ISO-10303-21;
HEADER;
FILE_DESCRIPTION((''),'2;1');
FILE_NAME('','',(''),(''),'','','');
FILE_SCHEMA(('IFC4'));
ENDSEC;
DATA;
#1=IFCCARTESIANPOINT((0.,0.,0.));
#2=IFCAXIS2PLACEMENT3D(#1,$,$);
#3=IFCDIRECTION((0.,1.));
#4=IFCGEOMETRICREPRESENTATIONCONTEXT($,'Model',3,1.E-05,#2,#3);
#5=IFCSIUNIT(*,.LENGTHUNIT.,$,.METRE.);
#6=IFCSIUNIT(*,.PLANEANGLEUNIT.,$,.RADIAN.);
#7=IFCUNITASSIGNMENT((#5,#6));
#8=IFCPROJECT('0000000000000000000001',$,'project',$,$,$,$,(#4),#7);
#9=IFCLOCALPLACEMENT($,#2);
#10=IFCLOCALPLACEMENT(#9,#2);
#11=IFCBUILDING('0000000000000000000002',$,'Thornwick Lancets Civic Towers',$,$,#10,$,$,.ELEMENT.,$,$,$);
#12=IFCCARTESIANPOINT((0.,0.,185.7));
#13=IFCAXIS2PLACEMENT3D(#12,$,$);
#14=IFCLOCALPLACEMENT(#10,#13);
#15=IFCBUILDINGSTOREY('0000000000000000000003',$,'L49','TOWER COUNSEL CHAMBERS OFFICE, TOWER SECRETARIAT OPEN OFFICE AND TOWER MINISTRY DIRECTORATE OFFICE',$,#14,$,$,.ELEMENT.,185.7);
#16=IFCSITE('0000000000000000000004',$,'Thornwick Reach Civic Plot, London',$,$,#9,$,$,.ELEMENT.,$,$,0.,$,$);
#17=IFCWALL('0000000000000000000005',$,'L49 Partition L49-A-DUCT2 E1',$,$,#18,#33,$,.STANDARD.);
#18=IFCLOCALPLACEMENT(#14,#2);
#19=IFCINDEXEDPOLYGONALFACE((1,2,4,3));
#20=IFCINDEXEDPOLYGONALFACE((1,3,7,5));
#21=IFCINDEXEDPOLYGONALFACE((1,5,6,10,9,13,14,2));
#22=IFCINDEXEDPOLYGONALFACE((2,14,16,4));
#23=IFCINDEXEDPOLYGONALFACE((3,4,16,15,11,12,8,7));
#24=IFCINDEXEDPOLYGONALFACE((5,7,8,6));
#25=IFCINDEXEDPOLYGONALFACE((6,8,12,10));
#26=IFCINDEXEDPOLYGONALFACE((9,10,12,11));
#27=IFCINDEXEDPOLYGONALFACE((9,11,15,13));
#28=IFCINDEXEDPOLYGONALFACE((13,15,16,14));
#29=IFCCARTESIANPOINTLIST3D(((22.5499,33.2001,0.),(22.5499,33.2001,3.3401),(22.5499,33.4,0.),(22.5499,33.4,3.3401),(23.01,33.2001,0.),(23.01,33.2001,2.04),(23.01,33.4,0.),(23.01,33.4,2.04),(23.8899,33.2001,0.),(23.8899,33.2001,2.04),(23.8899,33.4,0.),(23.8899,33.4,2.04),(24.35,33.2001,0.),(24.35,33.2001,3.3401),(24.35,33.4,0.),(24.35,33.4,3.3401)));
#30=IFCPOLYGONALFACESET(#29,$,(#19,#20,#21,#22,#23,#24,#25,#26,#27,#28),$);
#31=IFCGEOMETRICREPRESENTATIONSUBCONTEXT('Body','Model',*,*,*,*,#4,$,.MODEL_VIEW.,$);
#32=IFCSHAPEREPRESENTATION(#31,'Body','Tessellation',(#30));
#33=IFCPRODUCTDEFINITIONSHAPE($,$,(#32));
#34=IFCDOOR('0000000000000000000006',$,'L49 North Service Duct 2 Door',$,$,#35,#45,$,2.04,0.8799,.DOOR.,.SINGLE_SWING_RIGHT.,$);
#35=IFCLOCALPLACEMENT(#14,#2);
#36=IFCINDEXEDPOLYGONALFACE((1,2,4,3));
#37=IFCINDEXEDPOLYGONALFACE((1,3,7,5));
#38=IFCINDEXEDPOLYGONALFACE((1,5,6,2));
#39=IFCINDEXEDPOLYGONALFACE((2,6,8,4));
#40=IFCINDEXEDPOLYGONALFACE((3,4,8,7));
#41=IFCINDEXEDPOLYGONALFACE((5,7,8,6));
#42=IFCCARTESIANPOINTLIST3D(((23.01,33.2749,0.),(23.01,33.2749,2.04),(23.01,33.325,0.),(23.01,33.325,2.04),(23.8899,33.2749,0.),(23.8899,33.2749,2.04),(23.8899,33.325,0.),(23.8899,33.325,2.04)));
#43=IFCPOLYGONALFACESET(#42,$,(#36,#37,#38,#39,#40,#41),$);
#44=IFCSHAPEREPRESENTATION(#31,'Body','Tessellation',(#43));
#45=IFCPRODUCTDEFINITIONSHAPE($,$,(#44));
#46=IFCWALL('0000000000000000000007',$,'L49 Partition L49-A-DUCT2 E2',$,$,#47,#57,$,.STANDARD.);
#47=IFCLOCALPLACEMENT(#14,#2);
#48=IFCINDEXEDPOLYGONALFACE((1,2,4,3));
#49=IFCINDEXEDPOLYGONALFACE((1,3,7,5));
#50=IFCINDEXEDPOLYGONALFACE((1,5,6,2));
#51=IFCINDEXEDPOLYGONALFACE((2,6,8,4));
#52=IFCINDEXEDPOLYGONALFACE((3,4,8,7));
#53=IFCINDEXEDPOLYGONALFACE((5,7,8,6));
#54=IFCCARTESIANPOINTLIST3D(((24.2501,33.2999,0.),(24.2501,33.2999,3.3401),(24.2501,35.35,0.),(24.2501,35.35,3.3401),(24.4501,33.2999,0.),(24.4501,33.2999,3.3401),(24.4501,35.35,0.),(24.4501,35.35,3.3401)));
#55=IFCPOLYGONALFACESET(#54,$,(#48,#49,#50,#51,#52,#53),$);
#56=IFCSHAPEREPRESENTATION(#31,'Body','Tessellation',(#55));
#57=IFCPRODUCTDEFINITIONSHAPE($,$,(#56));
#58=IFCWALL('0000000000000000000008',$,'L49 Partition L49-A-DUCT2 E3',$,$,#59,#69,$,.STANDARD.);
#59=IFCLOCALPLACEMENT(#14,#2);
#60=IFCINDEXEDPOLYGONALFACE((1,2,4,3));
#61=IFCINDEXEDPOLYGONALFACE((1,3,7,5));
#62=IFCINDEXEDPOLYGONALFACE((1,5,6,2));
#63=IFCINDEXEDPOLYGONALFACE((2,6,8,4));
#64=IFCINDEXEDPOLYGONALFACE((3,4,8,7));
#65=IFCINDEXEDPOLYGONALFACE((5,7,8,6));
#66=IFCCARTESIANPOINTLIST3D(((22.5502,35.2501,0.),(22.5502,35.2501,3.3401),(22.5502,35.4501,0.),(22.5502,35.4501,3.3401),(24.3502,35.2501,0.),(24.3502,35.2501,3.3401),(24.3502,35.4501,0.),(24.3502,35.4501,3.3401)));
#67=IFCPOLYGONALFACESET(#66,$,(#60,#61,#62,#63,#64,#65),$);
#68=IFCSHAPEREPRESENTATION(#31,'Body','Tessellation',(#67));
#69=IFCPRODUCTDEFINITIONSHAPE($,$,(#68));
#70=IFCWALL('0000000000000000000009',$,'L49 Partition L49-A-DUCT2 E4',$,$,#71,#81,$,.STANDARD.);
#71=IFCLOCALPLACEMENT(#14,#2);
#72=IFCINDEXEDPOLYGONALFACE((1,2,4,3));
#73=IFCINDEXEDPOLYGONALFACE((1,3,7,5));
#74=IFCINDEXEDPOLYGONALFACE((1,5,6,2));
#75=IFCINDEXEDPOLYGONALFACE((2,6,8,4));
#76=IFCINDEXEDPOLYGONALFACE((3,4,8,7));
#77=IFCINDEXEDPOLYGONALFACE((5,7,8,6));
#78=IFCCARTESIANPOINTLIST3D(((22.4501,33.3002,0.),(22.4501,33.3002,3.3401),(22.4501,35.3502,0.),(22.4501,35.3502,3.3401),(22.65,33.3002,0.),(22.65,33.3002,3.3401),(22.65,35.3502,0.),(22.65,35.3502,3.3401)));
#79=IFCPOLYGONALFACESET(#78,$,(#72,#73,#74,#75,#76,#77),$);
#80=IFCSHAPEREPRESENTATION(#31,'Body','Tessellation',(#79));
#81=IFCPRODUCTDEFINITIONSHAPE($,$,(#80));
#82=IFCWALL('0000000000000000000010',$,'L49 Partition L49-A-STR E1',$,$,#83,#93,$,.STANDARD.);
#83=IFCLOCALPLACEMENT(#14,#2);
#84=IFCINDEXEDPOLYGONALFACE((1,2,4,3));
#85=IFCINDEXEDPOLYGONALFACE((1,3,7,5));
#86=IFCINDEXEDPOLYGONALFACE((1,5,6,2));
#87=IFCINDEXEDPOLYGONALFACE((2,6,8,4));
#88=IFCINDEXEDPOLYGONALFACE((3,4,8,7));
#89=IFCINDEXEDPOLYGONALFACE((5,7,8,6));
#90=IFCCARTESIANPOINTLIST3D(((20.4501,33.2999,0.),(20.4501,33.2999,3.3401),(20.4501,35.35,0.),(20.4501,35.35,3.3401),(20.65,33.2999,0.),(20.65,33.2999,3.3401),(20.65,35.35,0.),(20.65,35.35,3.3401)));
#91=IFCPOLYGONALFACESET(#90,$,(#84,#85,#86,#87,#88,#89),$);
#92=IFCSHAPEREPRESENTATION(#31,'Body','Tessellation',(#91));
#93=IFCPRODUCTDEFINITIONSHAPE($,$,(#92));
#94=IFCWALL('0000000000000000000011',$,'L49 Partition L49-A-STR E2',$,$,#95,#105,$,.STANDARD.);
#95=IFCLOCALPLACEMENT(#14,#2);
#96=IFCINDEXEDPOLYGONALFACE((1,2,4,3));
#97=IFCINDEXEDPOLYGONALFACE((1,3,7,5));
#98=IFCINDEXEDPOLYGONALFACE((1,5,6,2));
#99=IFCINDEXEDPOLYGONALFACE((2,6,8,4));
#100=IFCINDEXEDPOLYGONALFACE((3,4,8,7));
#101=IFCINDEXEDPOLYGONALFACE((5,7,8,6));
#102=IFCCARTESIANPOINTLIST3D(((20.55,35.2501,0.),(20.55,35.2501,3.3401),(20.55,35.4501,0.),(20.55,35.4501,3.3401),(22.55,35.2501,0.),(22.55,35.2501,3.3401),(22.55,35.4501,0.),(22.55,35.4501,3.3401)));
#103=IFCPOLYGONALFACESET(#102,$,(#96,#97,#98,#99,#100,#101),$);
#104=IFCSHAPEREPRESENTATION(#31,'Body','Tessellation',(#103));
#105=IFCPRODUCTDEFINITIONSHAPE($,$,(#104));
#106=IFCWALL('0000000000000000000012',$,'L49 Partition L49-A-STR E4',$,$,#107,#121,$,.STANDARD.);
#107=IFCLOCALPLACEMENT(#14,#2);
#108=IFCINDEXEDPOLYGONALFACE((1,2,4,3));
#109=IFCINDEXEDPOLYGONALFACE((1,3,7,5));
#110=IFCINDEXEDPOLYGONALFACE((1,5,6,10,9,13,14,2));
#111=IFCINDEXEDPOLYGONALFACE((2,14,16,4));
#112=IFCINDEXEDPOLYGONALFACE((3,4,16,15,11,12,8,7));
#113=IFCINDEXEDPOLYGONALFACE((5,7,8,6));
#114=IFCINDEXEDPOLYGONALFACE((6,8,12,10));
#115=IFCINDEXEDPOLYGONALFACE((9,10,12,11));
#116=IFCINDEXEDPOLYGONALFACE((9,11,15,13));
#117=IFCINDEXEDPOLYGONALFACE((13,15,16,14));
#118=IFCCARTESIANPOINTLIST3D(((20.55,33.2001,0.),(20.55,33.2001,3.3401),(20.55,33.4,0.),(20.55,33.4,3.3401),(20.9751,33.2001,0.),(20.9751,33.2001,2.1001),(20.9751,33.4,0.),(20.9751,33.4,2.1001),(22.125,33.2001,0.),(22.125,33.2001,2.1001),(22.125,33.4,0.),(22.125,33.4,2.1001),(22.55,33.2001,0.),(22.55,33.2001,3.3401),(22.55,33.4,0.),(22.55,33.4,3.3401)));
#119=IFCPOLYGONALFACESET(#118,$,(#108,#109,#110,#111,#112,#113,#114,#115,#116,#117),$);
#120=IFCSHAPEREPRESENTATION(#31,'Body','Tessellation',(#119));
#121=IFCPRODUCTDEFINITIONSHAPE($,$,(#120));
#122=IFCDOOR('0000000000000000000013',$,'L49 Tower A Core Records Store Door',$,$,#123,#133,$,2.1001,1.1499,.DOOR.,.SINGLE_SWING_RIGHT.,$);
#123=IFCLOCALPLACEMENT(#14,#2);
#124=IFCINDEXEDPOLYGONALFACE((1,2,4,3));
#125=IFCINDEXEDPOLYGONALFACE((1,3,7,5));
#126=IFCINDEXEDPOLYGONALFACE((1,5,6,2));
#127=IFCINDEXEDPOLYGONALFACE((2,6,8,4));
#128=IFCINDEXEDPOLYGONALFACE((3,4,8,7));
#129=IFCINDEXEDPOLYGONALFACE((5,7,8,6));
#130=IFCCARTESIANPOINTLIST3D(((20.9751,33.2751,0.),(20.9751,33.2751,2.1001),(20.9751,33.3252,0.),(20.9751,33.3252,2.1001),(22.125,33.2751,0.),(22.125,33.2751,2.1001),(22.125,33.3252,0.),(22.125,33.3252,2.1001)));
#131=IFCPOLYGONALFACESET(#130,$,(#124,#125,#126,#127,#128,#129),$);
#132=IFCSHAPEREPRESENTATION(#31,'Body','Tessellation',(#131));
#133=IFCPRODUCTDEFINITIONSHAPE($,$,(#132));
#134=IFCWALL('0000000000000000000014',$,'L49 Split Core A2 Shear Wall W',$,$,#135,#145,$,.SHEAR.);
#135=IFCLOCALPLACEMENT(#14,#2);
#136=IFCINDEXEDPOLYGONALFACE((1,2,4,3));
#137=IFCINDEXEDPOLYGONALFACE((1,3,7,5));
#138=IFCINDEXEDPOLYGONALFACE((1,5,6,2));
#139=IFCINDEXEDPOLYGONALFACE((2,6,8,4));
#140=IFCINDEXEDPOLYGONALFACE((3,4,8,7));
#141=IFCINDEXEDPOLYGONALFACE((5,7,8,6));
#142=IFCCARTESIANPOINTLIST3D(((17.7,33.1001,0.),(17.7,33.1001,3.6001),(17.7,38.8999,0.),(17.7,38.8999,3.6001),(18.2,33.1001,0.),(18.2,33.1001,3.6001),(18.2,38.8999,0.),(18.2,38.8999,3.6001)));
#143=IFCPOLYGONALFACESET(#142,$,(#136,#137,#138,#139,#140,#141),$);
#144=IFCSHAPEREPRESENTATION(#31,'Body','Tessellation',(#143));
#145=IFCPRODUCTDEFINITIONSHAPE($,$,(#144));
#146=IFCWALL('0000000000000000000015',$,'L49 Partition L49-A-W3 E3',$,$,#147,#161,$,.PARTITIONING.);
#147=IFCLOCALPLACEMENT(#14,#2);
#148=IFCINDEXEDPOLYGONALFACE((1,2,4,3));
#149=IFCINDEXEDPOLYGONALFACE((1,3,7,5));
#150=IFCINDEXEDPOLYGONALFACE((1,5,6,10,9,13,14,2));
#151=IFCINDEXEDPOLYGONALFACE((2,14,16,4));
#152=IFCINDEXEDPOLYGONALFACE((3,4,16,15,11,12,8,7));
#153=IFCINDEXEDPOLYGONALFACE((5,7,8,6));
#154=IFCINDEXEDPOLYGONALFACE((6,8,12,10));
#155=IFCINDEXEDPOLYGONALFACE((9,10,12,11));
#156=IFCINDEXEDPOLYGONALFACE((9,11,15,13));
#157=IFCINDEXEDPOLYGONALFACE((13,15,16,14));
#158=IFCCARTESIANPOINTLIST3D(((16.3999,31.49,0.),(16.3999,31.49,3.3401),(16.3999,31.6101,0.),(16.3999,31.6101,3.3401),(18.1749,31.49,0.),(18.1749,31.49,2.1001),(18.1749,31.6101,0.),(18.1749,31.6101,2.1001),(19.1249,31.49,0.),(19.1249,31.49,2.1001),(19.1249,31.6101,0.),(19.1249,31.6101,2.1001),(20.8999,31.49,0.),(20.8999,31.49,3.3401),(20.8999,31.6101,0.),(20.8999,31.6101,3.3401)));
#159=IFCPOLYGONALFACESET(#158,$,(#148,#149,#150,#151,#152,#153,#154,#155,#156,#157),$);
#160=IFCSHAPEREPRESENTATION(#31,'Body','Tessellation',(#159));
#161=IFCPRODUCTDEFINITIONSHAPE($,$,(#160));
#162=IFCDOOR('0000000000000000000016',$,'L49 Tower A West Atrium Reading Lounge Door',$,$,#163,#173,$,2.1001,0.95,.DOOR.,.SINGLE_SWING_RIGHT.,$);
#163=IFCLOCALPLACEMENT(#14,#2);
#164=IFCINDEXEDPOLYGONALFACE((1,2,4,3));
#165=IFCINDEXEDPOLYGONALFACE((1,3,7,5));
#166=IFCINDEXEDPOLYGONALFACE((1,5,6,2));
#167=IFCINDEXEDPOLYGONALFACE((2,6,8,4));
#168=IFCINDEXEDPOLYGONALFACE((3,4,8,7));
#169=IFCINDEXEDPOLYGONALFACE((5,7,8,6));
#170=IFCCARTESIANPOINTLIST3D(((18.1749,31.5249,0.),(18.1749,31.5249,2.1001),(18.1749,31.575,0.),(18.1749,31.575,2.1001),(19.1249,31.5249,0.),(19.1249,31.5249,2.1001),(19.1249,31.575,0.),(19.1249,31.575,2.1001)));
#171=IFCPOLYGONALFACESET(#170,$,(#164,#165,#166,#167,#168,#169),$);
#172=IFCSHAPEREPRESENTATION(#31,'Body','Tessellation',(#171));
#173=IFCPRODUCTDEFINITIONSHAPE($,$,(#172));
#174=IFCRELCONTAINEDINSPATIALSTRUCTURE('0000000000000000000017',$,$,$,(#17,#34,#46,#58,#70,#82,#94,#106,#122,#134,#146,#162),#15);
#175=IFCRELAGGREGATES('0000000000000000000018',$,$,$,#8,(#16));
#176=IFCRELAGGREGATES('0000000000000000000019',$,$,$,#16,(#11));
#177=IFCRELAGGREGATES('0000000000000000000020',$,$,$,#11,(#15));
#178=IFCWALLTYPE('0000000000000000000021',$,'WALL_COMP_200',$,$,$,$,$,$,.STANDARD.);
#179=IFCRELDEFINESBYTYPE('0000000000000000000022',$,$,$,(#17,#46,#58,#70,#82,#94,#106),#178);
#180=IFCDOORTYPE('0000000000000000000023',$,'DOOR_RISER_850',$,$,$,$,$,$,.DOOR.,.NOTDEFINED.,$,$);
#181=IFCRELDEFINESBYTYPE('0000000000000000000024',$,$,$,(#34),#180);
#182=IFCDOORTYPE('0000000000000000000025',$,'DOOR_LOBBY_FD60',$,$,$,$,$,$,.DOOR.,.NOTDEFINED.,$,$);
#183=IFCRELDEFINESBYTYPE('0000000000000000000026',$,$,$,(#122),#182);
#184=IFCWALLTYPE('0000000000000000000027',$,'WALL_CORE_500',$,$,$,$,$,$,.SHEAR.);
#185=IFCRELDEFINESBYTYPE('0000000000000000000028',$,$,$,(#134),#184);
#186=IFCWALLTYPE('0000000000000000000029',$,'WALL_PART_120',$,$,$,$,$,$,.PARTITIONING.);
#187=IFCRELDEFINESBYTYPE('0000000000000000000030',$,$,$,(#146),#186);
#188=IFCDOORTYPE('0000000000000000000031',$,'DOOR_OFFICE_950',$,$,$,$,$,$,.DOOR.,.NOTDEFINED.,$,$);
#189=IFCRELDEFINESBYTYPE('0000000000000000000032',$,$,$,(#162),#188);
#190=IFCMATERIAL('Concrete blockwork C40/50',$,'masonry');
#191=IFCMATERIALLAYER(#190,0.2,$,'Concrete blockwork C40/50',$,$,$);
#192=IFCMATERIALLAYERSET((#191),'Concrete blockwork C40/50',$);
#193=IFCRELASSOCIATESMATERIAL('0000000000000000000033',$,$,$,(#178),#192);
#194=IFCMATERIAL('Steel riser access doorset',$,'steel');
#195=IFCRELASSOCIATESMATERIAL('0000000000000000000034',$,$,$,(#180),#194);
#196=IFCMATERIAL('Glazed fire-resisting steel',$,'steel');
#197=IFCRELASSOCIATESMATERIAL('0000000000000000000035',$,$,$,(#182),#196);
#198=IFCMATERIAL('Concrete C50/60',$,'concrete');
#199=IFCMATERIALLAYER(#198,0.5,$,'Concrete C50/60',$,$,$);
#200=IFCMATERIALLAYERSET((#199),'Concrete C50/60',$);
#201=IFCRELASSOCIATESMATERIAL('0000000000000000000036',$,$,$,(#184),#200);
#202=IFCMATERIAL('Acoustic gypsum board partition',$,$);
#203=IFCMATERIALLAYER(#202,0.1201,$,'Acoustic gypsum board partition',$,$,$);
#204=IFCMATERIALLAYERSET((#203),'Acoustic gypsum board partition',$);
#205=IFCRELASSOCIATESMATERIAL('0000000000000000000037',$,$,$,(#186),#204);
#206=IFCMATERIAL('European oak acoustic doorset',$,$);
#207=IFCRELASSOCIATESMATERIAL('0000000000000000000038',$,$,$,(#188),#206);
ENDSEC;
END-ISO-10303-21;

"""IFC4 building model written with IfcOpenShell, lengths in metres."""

from ifc_helpers import new_model, si_unit, direction, frame, frame_2d, origin, place, context, subcontext, project, spatial, rectangle, extrude, material, layer, layer_set, type_object, element, fill, save


model = new_model("IFC4")

# Units and contexts
model_context = context("Model", 3, precision=1e-05, world=origin(), true_north=direction((0.0, 1.0)))
body_context = subcontext(model_context, "Body", "Model", "MODEL_VIEW")
ifc_project = project(units=[si_unit("LENGTHUNIT", "METRE"), si_unit("PLANEANGLEUNIT", "RADIAN")], contexts=[model_context])

# Site, building, storey
site_placement = place(None, origin())
site = spatial("IfcSite", under=ifc_project, at=site_placement, Name="Thornwick Reach Civic Plot, London", CompositionType="ELEMENT", RefElevation=0.0)
building_placement = place(site_placement, origin())
building = spatial("IfcBuilding", under=site, at=building_placement, Name="Thornwick Lancets Civic Towers", CompositionType="ELEMENT")
storey_placement = place(building_placement, frame((0.0, 0.0, 185.7)))
storey = spatial("IfcBuildingStorey", under=building, at=storey_placement, Name="L49", Description="TOWER COUNSEL CHAMBERS OFFICE, TOWER SECRETARIAT OPEN OFFICE AND TOWER MINISTRY DIRECTORATE OFFICE", CompositionType="ELEMENT", Elevation=185.7)

# Shared definitions
ifc_material_1 = material(Name="Concrete C50/60", Category="concrete")

# Shared definitions
ifc_material_2 = material(Name="Concrete blockwork C40/50", Category="masonry")
ifc_layer_1 = layer(ifc_material_2, 0.2, Name="Concrete blockwork C40/50")
ifc_layer_set_1 = layer_set([ifc_layer_1], Name="Concrete blockwork C40/50")
wall_type_1 = type_object("IfcWallType", Name="WALL_COMP_200", PredefinedType="STANDARD", material=ifc_layer_set_1)

# Wall, opening, door
wall_1_placement = place(storey_placement, frame((22.55, 33.3, 0.0), z_axis=(0.0, 0.0, 1.0), x_axis=(1.0, 0.0, 0.0)))
wall_1 = element("IfcWall", 1, at=wall_1_placement, inside=storey, type_object=wall_type_1, Name="L49 Partition L49-A-DUCT2 E1", PredefinedType="STANDARD", context=body_context, shape_type="SweptSolid", body=[
    extrude(rectangle(XDim=1.8, YDim=0.2, at=frame_2d((0.8999, 0.0))), origin(), (0.0, 0.0, 1.0), 3.3401),
])
opening_1_placement = place(wall_1_placement, frame((0.46, 0.0, 0.0)))
opening_1 = element("IfcOpeningElement", 2, at=opening_1_placement, cuts=wall_1, PredefinedType="OPENING", context=body_context, shape_type="SweptSolid", body=[
    extrude(rectangle(XDim=0.8799, YDim=2.04, at=frame_2d((0.4399, 1.02))), frame((0.0, 0.1099, 0.0), z_axis=(0.0, -1.0, 0.0), x_axis=(1.0, 0.0, 0.0)), (0.0, 0.0, 1.0), 0.22),
])
ifc_material_3 = material(Name="Steel riser access doorset", Category="steel")
door_type_1 = type_object("IfcDoorType", Name="DOOR_RISER_850", OperationType="NOTDEFINED", PredefinedType="DOOR", material=ifc_material_3)
door_1_placement = place(opening_1_placement, origin())
door_1 = element("IfcDoor", 3, at=door_1_placement, inside=storey, type_object=door_type_1, Name="L49 North Service Duct 2 Door", OperationType="SINGLE_SWING_RIGHT", OverallHeight=2.04, OverallWidth=0.8799, PredefinedType="DOOR", context=body_context, shape_type="SweptSolid", body=[
    extrude(rectangle(XDim=0.8799, YDim=2.04, at=frame_2d((0.4399, 1.02))), frame((0.0, 0.0249, 0.0), z_axis=(0.0, -1.0, 0.0), x_axis=(1.0, 0.0, 0.0)), (0.0, 0.0, 1.0), 0.05),
])
fill(opening_1, door_1)

# Walls
wall_2_placement = place(storey_placement, frame((24.3501, 33.3, 0.0), z_axis=(0.0, 0.0, 1.0), x_axis=(0.0, 1.0, 0.0)))
element("IfcWall", 4, at=wall_2_placement, inside=storey, type_object=wall_type_1, Name="L49 Partition L49-A-DUCT2 E2", PredefinedType="STANDARD", context=body_context, shape_type="SweptSolid", body=[
    extrude(rectangle(XDim=2.05, YDim=0.2, at=frame_2d((1.0249, 0.0))), origin(), (0.0, 0.0, 1.0), 3.3401),
])
wall_3_placement = place(storey_placement, frame((24.3501, 35.3501, 0.0), z_axis=(0.0, 0.0, 1.0), x_axis=(-1.0, 0.0, 0.0)))
element("IfcWall", 5, at=wall_3_placement, inside=storey, type_object=wall_type_1, Name="L49 Partition L49-A-DUCT2 E3", PredefinedType="STANDARD", context=body_context, shape_type="SweptSolid", body=[
    extrude(rectangle(XDim=1.8, YDim=0.2, at=frame_2d((0.8999, 0.0))), origin(), (0.0, 0.0, 1.0), 3.3401),
])
for number, where, z_axis, x_axis, name in (
    (6, (22.55, 35.3501, 0.0), (0.0, 0.0, 1.0), (0.0, -1.0, 0.0), "L49 Partition L49-A-DUCT2 E4"),
    (7, (20.55, 33.3, 0.0), (0.0, 0.0, 1.0), (0.0, 1.0, 0.0), "L49 Partition L49-A-STR E1"),
):
    element("IfcWall", number, at=place(storey_placement, frame(where, z_axis=z_axis, x_axis=x_axis)), inside=storey, type_object=wall_type_1, Name=name, PredefinedType="STANDARD", context=body_context, shape_type="SweptSolid", body=[
        extrude(rectangle(XDim=2.05, YDim=0.2, at=frame_2d((1.0249, 0.0))), origin(), (0.0, 0.0, 1.0), 3.3401),
    ])
wall_4_placement = place(storey_placement, frame((20.55, 35.3501, 0.0), z_axis=(0.0, 0.0, 1.0), x_axis=(1.0, 0.0, 0.0)))
element("IfcWall", 8, at=wall_4_placement, inside=storey, type_object=wall_type_1, Name="L49 Partition L49-A-STR E2", PredefinedType="STANDARD", context=body_context, shape_type="SweptSolid", body=[
    extrude(rectangle(XDim=2.0, YDim=0.2, at=frame_2d((1.0, 0.0))), origin(), (0.0, 0.0, 1.0), 3.3401),
])

# Wall, opening, door
wall_5_placement = place(storey_placement, frame((22.55, 33.3, 0.0), z_axis=(0.0, 0.0, 1.0), x_axis=(-1.0, 0.0, 0.0)))
wall_5 = element("IfcWall", 9, at=wall_5_placement, inside=storey, type_object=wall_type_1, Name="L49 Partition L49-A-STR E4", PredefinedType="STANDARD", context=body_context, shape_type="SweptSolid", body=[
    extrude(rectangle(XDim=2.0, YDim=0.2, at=frame_2d((1.0, 0.0))), origin(), (0.0, 0.0, 1.0), 3.3401),
])
opening_2_placement = place(wall_5_placement, frame((0.425, 0.0, 0.0)))
opening_2 = element("IfcOpeningElement", 10, at=opening_2_placement, cuts=wall_5, PredefinedType="OPENING", context=body_context, shape_type="SweptSolid", body=[
    extrude(rectangle(XDim=1.1499, YDim=2.1001, at=frame_2d((0.575, 1.05))), frame((0.0, 0.1099, 0.0), z_axis=(0.0, -1.0, 0.0), x_axis=(1.0, 0.0, 0.0)), (0.0, 0.0, 1.0), 0.22),
])
ifc_material_4 = material(Name="Glazed fire-resisting steel", Category="steel")
door_type_2 = type_object("IfcDoorType", Name="DOOR_LOBBY_FD60", OperationType="NOTDEFINED", PredefinedType="DOOR", material=ifc_material_4)
door_2_placement = place(opening_2_placement, origin())
door_2 = element("IfcDoor", 11, at=door_2_placement, inside=storey, type_object=door_type_2, Name="L49 Tower A Core Records Store Door", OperationType="SINGLE_SWING_RIGHT", OverallHeight=2.1001, OverallWidth=1.1499, PredefinedType="DOOR", context=body_context, shape_type="SweptSolid", body=[
    extrude(rectangle(XDim=1.1499, YDim=2.1001, at=frame_2d((0.575, 1.05))), frame((0.0, 0.0249, 0.0), z_axis=(0.0, -1.0, 0.0), x_axis=(1.0, 0.0, 0.0)), (0.0, 0.0, 1.0), 0.05),
])
fill(opening_2, door_2)

# Wall
ifc_layer_2 = layer(ifc_material_1, 0.5, Name="Concrete C50/60")
ifc_layer_set_2 = layer_set([ifc_layer_2], Name="Concrete C50/60")
wall_type_2 = type_object("IfcWallType", Name="WALL_CORE_500", PredefinedType="SHEAR", material=ifc_layer_set_2)
wall_6_placement = place(storey_placement, frame((17.95, 33.1001, 0.0), z_axis=(0.0, 0.0, 1.0), x_axis=(0.0, 1.0, 0.0)))
element("IfcWall", 12, at=wall_6_placement, inside=storey, type_object=wall_type_2, Name="L49 Split Core A2 Shear Wall W", PredefinedType="SHEAR", context=body_context, shape_type="SweptSolid", body=[
    extrude(rectangle(XDim=5.7998, YDim=0.5, at=frame_2d((2.8999, 0.0))), origin(), (0.0, 0.0, 1.0), 3.6001),
])

# Wall, opening, door
ifc_material_5 = material(Name="Acoustic gypsum board partition")
ifc_layer_3 = layer(ifc_material_5, 0.1201, Name="Acoustic gypsum board partition")
ifc_layer_set_3 = layer_set([ifc_layer_3], Name="Acoustic gypsum board partition")
wall_type_3 = type_object("IfcWallType", Name="WALL_PART_120", PredefinedType="PARTITIONING", material=ifc_layer_set_3)
wall_7_placement = place(storey_placement, frame((16.3999, 31.55, 0.0), z_axis=(0.0, 0.0, 1.0), x_axis=(1.0, 0.0, 0.0)))
wall_7 = element("IfcWall", 13, at=wall_7_placement, inside=storey, type_object=wall_type_3, Name="L49 Partition L49-A-W3 E3", PredefinedType="PARTITIONING", context=body_context, shape_type="SweptSolid", body=[
    extrude(rectangle(XDim=4.5, YDim=0.1201, at=frame_2d((2.25, 0.0))), origin(), (0.0, 0.0, 1.0), 3.3401),
])
opening_3_placement = place(wall_7_placement, frame((1.7749, 0.0, 0.0)))
opening_3 = element("IfcOpeningElement", 14, at=opening_3_placement, cuts=wall_7, PredefinedType="OPENING", context=body_context, shape_type="SweptSolid", body=[
    extrude(rectangle(XDim=0.95, YDim=2.1001, at=frame_2d((0.4751, 1.05))), frame((0.0, 0.0701, 0.0), z_axis=(0.0, -1.0, 0.0), x_axis=(1.0, 0.0, 0.0)), (0.0, 0.0, 1.0), 0.1401),
])
ifc_material_6 = material(Name="European oak acoustic doorset")
door_type_3 = type_object("IfcDoorType", Name="DOOR_OFFICE_950", OperationType="NOTDEFINED", PredefinedType="DOOR", material=ifc_material_6)
door_3_placement = place(opening_3_placement, origin())
door_3 = element("IfcDoor", 15, at=door_3_placement, inside=storey, type_object=door_type_3, Name="L49 Tower A West Atrium Reading Lounge Door", OperationType="SINGLE_SWING_RIGHT", OverallHeight=2.1001, OverallWidth=0.95, PredefinedType="DOOR", context=body_context, shape_type="SweptSolid", body=[
    extrude(rectangle(XDim=0.95, YDim=2.1001, at=frame_2d((0.4751, 1.05))), frame((0.0, 0.0249, 0.0), z_axis=(0.0, -1.0, 0.0), x_axis=(1.0, 0.0, 0.0)), (0.0, 0.0, 1.0), 0.05),
])
fill(opening_3, door_3)

save(model, "model.ifc")
